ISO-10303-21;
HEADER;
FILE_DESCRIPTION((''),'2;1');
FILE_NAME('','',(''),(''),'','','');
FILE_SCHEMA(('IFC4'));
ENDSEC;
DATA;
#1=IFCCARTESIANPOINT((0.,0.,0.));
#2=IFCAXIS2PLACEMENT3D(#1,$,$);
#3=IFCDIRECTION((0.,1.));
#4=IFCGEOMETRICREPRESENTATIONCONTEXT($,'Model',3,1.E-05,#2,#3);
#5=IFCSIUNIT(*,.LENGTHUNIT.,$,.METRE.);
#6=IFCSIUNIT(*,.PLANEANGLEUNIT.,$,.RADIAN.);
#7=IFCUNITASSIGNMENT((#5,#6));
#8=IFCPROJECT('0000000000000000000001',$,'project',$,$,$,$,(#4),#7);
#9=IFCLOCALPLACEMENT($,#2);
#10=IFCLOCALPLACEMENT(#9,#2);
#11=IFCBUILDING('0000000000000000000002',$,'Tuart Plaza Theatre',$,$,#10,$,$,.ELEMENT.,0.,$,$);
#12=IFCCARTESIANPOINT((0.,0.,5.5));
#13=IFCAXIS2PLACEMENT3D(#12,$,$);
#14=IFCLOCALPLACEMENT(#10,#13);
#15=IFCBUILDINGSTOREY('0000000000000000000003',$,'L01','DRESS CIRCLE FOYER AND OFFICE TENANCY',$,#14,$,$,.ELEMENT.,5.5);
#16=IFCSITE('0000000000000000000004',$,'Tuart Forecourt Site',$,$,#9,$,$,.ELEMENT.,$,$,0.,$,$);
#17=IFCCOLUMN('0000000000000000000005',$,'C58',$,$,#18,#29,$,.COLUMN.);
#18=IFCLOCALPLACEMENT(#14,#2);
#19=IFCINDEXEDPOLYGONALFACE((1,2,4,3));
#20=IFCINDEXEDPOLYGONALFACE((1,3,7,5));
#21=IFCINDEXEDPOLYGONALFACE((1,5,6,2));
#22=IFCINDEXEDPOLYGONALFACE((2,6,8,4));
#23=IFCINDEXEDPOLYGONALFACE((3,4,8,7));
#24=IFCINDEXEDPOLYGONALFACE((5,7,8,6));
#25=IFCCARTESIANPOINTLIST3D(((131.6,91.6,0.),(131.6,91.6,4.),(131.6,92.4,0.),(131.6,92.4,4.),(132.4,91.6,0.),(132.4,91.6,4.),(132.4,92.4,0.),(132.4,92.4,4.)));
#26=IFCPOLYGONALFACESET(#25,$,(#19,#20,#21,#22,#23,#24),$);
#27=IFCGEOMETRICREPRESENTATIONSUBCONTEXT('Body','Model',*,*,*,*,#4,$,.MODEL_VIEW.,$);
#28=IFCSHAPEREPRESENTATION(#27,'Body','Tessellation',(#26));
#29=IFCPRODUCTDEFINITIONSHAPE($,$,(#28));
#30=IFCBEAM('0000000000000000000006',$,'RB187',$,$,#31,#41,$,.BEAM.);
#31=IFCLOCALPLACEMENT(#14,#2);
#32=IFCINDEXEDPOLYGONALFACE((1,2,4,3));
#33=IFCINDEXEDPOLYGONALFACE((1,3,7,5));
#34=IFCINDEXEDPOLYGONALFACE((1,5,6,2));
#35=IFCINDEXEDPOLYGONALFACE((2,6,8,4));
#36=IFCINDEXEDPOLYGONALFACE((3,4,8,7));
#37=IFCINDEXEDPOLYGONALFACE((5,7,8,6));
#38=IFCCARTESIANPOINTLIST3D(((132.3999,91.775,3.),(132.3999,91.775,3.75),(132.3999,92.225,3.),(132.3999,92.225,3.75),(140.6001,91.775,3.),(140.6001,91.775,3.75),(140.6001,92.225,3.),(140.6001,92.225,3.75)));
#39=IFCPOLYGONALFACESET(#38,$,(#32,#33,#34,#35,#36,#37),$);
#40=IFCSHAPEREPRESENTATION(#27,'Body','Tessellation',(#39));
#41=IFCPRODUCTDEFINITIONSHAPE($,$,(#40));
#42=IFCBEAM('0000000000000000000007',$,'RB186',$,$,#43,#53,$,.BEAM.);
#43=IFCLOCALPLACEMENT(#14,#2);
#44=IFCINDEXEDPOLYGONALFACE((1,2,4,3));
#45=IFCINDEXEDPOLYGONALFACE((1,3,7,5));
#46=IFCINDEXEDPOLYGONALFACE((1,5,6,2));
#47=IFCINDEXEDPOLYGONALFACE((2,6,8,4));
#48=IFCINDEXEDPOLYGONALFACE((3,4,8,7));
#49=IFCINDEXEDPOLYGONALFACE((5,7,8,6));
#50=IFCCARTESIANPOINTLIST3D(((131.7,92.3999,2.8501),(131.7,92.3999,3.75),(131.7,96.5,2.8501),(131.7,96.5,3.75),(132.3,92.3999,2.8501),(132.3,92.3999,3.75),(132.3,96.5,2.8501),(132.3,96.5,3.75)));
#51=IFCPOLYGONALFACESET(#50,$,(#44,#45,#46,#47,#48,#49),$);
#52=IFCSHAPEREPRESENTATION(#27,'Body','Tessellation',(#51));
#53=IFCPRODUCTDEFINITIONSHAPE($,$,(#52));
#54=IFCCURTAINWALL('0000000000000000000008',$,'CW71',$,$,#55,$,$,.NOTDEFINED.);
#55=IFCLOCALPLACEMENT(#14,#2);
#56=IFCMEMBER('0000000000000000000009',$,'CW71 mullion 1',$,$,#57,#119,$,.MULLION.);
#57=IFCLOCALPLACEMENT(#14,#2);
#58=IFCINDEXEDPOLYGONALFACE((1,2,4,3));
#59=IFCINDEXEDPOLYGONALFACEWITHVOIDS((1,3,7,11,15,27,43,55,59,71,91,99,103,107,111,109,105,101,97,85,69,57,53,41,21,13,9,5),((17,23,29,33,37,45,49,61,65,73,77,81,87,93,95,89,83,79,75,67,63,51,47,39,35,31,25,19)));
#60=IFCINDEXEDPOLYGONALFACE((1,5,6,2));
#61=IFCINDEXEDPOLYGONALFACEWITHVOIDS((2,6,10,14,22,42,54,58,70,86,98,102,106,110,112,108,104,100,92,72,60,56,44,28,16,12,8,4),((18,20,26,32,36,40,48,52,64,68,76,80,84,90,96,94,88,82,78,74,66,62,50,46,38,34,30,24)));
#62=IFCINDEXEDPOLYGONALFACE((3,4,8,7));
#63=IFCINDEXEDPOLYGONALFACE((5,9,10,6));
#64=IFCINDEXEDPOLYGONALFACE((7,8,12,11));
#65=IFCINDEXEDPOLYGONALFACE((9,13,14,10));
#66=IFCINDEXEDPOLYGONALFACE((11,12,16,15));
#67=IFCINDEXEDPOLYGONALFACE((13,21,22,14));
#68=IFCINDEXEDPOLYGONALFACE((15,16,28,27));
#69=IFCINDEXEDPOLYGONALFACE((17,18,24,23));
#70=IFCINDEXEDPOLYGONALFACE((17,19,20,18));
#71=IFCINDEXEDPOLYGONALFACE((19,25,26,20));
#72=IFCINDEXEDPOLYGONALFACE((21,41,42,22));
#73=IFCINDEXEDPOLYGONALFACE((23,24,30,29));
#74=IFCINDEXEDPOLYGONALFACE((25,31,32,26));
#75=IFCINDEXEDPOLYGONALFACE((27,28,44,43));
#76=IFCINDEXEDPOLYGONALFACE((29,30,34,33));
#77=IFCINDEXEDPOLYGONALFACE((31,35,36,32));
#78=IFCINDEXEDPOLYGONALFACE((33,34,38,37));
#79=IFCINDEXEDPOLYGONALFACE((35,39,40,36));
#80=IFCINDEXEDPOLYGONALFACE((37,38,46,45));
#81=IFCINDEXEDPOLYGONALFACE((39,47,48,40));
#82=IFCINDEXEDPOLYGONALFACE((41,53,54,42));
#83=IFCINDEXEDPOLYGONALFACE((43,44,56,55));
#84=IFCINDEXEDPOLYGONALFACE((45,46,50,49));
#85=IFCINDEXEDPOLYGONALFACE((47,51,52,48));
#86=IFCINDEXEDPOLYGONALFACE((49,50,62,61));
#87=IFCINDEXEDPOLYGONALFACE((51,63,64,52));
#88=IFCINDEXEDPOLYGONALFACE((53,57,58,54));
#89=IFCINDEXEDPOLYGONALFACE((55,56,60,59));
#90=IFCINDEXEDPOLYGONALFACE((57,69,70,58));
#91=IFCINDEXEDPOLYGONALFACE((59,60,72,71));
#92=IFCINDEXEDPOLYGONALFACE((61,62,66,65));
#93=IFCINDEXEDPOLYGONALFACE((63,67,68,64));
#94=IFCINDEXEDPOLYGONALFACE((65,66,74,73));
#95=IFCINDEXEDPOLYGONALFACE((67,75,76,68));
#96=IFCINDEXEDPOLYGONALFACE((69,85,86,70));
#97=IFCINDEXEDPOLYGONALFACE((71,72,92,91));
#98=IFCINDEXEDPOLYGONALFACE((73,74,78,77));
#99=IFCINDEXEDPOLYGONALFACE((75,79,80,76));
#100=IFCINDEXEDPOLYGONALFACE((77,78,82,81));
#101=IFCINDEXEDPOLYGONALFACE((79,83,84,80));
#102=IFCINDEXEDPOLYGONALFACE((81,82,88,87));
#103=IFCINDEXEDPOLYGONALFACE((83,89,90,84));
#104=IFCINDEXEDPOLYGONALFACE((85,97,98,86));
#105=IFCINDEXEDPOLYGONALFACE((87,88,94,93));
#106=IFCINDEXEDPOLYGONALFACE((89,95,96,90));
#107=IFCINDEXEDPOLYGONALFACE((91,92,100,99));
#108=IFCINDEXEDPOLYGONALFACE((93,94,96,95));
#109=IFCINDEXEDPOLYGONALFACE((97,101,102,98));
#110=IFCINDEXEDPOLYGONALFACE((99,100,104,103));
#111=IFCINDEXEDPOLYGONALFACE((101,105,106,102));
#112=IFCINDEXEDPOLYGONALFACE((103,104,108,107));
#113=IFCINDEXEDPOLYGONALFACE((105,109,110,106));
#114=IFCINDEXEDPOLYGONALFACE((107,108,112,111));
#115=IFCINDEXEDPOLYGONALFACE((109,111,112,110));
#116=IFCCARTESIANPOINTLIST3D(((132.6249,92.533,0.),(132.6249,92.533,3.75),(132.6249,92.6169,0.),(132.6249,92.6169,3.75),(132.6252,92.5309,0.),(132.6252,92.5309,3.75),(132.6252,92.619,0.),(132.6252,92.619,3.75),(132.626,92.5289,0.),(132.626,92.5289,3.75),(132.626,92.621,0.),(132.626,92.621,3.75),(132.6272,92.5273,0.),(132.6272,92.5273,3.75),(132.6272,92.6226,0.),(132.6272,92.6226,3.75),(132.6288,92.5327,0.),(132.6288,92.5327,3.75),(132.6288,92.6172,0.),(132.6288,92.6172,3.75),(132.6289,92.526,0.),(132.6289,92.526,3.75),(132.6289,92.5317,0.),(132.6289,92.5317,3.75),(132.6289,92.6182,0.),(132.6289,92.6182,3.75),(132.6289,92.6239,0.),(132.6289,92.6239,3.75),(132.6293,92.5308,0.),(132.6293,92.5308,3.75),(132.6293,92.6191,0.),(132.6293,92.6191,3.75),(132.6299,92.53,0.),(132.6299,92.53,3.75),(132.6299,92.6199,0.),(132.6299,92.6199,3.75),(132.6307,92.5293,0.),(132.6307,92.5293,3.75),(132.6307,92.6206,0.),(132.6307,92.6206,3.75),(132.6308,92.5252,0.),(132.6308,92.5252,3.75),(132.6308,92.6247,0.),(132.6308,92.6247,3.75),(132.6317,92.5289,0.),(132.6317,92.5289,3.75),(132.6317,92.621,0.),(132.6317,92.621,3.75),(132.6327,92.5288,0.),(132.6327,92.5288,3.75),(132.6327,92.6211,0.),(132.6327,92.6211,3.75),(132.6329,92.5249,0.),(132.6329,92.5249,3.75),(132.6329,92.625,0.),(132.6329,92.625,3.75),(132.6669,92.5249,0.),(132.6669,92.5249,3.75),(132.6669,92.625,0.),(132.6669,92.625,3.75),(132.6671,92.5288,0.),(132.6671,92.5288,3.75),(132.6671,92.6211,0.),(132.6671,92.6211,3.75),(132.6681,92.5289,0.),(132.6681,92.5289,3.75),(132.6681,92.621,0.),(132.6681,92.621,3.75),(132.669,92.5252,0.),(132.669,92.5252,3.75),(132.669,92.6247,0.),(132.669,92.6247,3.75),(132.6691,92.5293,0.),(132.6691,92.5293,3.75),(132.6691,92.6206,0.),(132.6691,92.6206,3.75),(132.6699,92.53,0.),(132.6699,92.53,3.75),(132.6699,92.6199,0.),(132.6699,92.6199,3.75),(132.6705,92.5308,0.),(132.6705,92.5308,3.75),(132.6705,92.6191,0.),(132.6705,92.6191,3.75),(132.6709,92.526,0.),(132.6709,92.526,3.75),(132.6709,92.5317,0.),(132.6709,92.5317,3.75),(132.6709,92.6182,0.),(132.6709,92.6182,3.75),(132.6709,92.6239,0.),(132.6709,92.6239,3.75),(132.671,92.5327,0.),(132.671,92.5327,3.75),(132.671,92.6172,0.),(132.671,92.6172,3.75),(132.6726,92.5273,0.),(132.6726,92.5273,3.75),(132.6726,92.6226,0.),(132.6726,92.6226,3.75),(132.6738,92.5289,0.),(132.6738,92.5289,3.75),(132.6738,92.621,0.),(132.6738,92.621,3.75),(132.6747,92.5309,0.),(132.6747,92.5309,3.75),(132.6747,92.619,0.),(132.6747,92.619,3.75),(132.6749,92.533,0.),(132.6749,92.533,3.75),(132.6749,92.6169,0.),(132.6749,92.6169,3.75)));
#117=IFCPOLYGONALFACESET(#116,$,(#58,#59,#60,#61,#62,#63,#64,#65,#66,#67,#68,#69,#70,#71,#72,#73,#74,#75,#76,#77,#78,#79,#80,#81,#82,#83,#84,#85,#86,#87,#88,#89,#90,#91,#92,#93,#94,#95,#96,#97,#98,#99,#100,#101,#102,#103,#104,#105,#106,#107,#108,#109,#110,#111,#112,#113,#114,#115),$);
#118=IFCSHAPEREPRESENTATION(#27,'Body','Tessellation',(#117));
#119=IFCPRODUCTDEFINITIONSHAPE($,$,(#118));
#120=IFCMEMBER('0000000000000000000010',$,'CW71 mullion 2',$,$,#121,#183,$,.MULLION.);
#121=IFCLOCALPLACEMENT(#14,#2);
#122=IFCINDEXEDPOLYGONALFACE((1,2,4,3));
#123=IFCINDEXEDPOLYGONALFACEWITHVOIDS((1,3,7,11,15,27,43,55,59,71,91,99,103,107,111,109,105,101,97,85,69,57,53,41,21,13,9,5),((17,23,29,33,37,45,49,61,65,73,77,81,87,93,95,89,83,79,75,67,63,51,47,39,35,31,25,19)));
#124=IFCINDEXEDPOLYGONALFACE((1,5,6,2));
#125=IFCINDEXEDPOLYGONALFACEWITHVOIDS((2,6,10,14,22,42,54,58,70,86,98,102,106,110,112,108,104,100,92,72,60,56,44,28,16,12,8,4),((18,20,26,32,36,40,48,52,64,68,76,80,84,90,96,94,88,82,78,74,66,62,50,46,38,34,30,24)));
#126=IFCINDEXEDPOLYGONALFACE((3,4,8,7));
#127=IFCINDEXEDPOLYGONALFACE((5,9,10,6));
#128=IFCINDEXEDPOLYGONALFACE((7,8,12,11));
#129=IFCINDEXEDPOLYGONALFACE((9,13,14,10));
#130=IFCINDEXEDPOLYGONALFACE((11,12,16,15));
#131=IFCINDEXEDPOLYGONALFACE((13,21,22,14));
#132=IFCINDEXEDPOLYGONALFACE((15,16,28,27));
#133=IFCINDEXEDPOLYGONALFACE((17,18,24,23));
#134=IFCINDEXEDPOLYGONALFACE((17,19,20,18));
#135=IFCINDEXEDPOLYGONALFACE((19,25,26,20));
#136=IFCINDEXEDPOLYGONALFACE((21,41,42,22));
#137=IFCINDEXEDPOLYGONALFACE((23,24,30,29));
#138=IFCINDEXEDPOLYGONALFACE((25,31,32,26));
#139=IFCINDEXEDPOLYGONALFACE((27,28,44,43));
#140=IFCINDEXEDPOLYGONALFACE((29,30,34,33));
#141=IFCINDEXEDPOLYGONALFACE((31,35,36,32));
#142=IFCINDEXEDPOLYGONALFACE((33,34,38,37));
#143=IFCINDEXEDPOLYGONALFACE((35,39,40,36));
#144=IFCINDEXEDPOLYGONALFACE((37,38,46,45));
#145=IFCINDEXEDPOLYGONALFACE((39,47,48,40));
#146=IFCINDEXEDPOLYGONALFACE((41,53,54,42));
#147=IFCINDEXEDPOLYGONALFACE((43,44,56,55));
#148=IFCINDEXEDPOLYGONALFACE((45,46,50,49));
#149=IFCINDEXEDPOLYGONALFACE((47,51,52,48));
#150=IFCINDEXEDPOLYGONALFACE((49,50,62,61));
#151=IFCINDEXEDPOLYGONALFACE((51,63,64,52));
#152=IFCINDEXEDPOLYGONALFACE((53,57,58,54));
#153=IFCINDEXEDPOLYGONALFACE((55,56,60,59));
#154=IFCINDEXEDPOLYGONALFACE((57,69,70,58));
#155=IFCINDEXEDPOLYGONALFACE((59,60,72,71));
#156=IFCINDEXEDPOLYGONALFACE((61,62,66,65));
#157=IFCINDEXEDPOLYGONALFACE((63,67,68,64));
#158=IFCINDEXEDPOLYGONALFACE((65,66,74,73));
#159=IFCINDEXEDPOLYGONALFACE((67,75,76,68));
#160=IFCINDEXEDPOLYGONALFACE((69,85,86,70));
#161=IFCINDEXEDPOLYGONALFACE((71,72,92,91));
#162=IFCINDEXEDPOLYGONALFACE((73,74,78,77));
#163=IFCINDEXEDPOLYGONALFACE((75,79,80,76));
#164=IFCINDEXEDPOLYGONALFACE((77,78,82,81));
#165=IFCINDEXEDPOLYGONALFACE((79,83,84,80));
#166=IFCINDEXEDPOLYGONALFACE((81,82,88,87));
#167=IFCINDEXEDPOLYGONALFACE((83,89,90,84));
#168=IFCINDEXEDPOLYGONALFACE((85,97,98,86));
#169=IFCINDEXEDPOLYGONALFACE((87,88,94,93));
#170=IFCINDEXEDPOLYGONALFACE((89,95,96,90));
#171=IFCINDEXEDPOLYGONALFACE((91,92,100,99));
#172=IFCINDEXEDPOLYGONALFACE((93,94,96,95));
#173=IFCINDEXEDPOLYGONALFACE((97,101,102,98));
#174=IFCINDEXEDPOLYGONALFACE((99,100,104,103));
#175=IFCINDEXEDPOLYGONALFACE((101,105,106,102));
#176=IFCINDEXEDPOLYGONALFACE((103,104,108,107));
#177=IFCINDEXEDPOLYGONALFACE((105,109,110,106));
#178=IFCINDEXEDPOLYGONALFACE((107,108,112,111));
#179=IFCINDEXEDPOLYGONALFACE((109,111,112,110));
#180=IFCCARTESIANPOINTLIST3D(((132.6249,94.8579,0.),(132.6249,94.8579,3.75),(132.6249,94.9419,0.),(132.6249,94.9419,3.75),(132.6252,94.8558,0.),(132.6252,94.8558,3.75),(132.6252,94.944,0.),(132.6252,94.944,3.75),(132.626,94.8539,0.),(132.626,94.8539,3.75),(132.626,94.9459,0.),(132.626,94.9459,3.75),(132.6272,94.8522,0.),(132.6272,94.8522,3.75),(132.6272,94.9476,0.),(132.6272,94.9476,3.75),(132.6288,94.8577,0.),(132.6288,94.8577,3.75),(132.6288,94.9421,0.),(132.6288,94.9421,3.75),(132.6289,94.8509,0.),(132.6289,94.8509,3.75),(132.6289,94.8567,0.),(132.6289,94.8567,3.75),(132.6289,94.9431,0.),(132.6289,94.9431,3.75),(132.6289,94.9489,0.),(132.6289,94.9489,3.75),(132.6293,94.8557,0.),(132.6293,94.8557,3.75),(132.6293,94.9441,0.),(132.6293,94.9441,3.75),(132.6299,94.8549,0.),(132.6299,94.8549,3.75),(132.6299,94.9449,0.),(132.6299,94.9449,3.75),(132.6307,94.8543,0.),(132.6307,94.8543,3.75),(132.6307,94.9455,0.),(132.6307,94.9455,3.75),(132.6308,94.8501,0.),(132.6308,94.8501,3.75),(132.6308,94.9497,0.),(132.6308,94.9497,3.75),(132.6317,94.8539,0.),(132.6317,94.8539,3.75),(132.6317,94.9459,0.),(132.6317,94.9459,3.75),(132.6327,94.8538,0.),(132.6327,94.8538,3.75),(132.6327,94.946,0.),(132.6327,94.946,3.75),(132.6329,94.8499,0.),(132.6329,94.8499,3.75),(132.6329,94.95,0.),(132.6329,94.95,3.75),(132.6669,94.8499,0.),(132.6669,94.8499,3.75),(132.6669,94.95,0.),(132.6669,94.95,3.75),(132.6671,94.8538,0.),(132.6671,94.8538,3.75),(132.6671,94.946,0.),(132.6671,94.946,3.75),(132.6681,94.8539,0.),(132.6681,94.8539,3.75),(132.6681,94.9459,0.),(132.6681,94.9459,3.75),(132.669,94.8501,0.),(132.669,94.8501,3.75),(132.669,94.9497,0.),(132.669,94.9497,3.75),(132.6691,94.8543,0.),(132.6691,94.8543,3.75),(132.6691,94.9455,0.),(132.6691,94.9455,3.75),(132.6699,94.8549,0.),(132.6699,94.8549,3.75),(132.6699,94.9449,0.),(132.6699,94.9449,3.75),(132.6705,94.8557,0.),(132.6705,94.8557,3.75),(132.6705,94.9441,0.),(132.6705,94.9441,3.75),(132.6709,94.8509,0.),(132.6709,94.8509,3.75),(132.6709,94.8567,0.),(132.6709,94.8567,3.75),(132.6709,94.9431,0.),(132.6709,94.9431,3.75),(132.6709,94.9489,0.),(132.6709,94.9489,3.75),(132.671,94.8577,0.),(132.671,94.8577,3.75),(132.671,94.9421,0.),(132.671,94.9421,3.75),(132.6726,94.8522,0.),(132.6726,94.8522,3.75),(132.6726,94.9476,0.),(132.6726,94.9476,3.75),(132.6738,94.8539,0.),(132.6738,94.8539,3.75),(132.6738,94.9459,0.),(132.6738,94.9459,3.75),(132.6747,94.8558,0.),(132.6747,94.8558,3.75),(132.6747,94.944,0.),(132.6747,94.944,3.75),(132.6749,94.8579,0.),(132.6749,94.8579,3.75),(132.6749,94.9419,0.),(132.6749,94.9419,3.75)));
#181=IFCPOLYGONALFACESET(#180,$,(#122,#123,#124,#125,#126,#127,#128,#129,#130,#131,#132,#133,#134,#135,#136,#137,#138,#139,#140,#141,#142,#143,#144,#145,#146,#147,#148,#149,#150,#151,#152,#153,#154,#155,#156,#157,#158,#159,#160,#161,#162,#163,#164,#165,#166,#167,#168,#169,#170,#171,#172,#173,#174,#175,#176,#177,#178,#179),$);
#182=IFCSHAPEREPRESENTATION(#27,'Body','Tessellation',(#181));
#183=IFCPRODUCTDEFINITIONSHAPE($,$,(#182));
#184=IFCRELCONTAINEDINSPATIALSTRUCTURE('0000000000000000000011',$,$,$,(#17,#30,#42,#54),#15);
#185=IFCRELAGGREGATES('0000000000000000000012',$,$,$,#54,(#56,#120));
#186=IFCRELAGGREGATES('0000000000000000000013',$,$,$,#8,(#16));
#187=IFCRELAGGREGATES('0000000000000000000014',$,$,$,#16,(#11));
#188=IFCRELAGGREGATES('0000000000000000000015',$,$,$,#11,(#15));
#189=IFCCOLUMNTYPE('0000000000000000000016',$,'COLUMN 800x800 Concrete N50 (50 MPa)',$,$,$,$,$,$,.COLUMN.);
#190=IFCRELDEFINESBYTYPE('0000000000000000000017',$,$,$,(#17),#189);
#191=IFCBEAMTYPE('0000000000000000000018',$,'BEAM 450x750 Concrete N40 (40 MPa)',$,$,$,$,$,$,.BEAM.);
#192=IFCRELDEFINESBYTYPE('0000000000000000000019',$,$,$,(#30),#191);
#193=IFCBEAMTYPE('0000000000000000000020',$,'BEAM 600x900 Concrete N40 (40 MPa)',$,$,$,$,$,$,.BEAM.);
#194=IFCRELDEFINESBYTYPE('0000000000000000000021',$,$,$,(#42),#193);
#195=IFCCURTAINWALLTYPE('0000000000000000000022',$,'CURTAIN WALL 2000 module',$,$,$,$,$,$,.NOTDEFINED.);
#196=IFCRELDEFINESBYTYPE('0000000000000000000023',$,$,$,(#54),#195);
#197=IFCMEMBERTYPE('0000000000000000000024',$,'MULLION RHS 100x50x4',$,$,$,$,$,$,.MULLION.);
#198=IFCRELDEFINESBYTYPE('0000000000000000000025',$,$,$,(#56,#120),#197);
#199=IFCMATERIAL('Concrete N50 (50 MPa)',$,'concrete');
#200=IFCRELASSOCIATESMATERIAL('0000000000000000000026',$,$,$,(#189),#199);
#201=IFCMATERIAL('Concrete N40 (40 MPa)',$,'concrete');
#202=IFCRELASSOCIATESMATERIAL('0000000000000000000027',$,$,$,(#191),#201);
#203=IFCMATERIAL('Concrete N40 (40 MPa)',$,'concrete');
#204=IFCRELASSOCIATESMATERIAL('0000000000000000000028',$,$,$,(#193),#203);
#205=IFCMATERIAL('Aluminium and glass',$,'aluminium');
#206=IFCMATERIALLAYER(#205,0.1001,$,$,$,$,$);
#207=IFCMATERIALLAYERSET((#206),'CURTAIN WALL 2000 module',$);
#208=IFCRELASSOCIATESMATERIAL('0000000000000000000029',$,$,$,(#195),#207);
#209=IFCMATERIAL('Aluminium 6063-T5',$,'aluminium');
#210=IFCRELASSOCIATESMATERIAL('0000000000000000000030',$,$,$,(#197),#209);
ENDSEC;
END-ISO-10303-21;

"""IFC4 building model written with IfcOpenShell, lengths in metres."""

from ifc_helpers import new_model, si_unit, direction, frame, origin, origin_2d, place, context, subcontext, project, spatial, rectangle, hollow_rectangle, extrude, material, layer, layer_set, material_profile, profile_set, type_object, element, aggregate, save


model = new_model("IFC4")

# Units and contexts
model_context = context("Model", 3, precision=1e-05, world=origin(), true_north=direction((0.0, 1.0)))
body_context = subcontext(model_context, "Body", "Model", "MODEL_VIEW")
ifc_project = project(units=[si_unit("LENGTHUNIT", "METRE"), si_unit("PLANEANGLEUNIT", "RADIAN")], contexts=[model_context])

# Site, building, storey
site_placement = place(None, origin())
site = spatial("IfcSite", under=ifc_project, at=site_placement, Name="Tuart Forecourt Site", CompositionType="ELEMENT", RefElevation=0.0)
building_placement = place(site_placement, origin())
building = spatial("IfcBuilding", under=site, at=building_placement, Name="Tuart Plaza Theatre", CompositionType="ELEMENT", ElevationOfRefHeight=0.0)
storey_placement = place(building_placement, frame((0.0, 0.0, 5.5)))
storey = spatial("IfcBuildingStorey", under=building, at=storey_placement, Name="L01", Description="DRESS CIRCLE FOYER AND OFFICE TENANCY", CompositionType="ELEMENT", Elevation=5.5)

# Column
ifc_material_1 = material(Name="Concrete N50 (50 MPa)", Category="concrete")
ifc_material_profile_1 = material_profile(ifc_material_1, rectangle(XDim=0.8, YDim=0.8, at=origin_2d()), Name="COLUMN 800x800 Concrete N50 (50 MPa)")
ifc_profile_set_1 = profile_set([ifc_material_profile_1], Name="Concrete N50 (50 MPa)")
column_type = type_object("IfcColumnType", Name="COLUMN 800x800 Concrete N50 (50 MPa)", PredefinedType="COLUMN", material=ifc_profile_set_1)
column_placement = place(storey_placement, frame((132.0, 92.0, 0.0), z_axis=(0.0, 0.0, 1.0), x_axis=(1.0, 0.0, 0.0)))
element("IfcColumn", 1, at=column_placement, inside=storey, type_object=column_type, Name="C58", PredefinedType="COLUMN", context=body_context, shape_type="SweptSolid", body=[
    extrude(rectangle(XDim=0.8, YDim=0.8, at=origin_2d()), origin(), (0.0, 0.0, 1.0), 4.0),
])

# Beams
ifc_material_2 = material(Name="Concrete N40 (40 MPa)", Category="concrete")
ifc_material_profile_2 = material_profile(ifc_material_2, rectangle(XDim=0.45, YDim=0.75, at=origin_2d()), Name="BEAM 450x750 Concrete N40 (40 MPa)")
ifc_profile_set_2 = profile_set([ifc_material_profile_2], Name="Concrete N40 (40 MPa)")
beam_type_1 = type_object("IfcBeamType", Name="BEAM 450x750 Concrete N40 (40 MPa)", PredefinedType="BEAM", material=ifc_profile_set_2)
beam_1_placement = place(storey_placement, frame((132.3999, 92.0, 3.375), z_axis=(1.0, 0.0, 0.0), x_axis=(0.0, 1.0, 0.0)))
element("IfcBeam", 2, at=beam_1_placement, inside=storey, type_object=beam_type_1, Name="RB187", PredefinedType="BEAM", context=body_context, shape_type="SweptSolid", body=[
    extrude(rectangle(XDim=0.45, YDim=0.75, at=origin_2d()), origin(), (0.0, 0.0, 1.0), 8.2002),
])
ifc_material_3 = material(Name="Concrete N40 (40 MPa)", Category="concrete")
ifc_material_profile_3 = material_profile(ifc_material_3, rectangle(XDim=0.6001, YDim=0.8999, at=origin_2d()), Name="BEAM 600x900 Concrete N40 (40 MPa)")
ifc_profile_set_3 = profile_set([ifc_material_profile_3], Name="Concrete N40 (40 MPa)")
beam_type_2 = type_object("IfcBeamType", Name="BEAM 600x900 Concrete N40 (40 MPa)", PredefinedType="BEAM", material=ifc_profile_set_3)
beam_2_placement = place(storey_placement, frame((132.0, 92.3999, 3.3), z_axis=(0.0, 1.0, 0.0), x_axis=(-1.0, 0.0, 0.0)))
element("IfcBeam", 3, at=beam_2_placement, inside=storey, type_object=beam_type_2, Name="RB186", PredefinedType="BEAM", context=body_context, shape_type="SweptSolid", body=[
    extrude(rectangle(XDim=0.6001, YDim=0.8999, at=origin_2d()), origin(), (0.0, 0.0, 1.0), 4.1001),
])

# Curtain wall, members
ifc_material_4 = material(Name="Aluminium and glass", Category="aluminium")
ifc_layer_1 = layer(ifc_material_4, 0.1001)
ifc_layer_set_1 = layer_set([ifc_layer_1], Name="CURTAIN WALL 2000 module")
curtain_wall_type = type_object("IfcCurtainWallType", Name="CURTAIN WALL 2000 module", PredefinedType="NOTDEFINED", material=ifc_layer_set_1)
curtain_wall_1_placement = place(storey_placement, origin())
curtain_wall_1 = element("IfcCurtainWall", 4, at=curtain_wall_1_placement, inside=storey, type_object=curtain_wall_type, Name="CW71", PredefinedType="NOTDEFINED")
ifc_material_5 = material(Name="Aluminium 6063-T5", Category="aluminium")
ifc_material_profile_4 = material_profile(ifc_material_5, hollow_rectangle(XDim=0.05, YDim=0.1001, WallThickness=0.0039, InnerFilletRadius=0.0039, OuterFilletRadius=0.0081, at=origin_2d()), Name="RHS 100x50x4")
ifc_profile_set_4 = profile_set([ifc_material_profile_4], Name="Aluminium 6063-T5")
member_type_1 = type_object("IfcMemberType", Name="MULLION RHS 100x50x4", PredefinedType="MULLION", material=ifc_profile_set_4)
member_1_placement = place(storey_placement, frame((132.6499, 92.575, 0.0), z_axis=(0.0, 0.0, 1.0), x_axis=(-1.0, 0.0, 0.0)))
member_1 = element("IfcMember", 5, at=member_1_placement, type_object=member_type_1, Name="CW71 mullion 1", PredefinedType="MULLION", context=body_context, shape_type="SweptSolid", body=[
    extrude(hollow_rectangle(XDim=0.05, YDim=0.1001, WallThickness=0.0039, InnerFilletRadius=0.0039, OuterFilletRadius=0.0081, at=origin_2d()), origin(), (0.0, 0.0, 1.0), 3.75),
])
member_2_placement = place(storey_placement, frame((132.6499, 94.8999, 0.0), z_axis=(0.0, 0.0, 1.0), x_axis=(-1.0, 0.0, 0.0)))
member_2 = element("IfcMember", 6, at=member_2_placement, type_object=member_type_1, Name="CW71 mullion 2", PredefinedType="MULLION", context=body_context, shape_type="SweptSolid", body=[
    extrude(hollow_rectangle(XDim=0.05, YDim=0.1001, WallThickness=0.0039, InnerFilletRadius=0.0039, OuterFilletRadius=0.0081, at=origin_2d()), origin(), (0.0, 0.0, 1.0), 3.75),
])

aggregate(curtain_wall_1, [member_1, member_2])

save(model, "model.ifc")
